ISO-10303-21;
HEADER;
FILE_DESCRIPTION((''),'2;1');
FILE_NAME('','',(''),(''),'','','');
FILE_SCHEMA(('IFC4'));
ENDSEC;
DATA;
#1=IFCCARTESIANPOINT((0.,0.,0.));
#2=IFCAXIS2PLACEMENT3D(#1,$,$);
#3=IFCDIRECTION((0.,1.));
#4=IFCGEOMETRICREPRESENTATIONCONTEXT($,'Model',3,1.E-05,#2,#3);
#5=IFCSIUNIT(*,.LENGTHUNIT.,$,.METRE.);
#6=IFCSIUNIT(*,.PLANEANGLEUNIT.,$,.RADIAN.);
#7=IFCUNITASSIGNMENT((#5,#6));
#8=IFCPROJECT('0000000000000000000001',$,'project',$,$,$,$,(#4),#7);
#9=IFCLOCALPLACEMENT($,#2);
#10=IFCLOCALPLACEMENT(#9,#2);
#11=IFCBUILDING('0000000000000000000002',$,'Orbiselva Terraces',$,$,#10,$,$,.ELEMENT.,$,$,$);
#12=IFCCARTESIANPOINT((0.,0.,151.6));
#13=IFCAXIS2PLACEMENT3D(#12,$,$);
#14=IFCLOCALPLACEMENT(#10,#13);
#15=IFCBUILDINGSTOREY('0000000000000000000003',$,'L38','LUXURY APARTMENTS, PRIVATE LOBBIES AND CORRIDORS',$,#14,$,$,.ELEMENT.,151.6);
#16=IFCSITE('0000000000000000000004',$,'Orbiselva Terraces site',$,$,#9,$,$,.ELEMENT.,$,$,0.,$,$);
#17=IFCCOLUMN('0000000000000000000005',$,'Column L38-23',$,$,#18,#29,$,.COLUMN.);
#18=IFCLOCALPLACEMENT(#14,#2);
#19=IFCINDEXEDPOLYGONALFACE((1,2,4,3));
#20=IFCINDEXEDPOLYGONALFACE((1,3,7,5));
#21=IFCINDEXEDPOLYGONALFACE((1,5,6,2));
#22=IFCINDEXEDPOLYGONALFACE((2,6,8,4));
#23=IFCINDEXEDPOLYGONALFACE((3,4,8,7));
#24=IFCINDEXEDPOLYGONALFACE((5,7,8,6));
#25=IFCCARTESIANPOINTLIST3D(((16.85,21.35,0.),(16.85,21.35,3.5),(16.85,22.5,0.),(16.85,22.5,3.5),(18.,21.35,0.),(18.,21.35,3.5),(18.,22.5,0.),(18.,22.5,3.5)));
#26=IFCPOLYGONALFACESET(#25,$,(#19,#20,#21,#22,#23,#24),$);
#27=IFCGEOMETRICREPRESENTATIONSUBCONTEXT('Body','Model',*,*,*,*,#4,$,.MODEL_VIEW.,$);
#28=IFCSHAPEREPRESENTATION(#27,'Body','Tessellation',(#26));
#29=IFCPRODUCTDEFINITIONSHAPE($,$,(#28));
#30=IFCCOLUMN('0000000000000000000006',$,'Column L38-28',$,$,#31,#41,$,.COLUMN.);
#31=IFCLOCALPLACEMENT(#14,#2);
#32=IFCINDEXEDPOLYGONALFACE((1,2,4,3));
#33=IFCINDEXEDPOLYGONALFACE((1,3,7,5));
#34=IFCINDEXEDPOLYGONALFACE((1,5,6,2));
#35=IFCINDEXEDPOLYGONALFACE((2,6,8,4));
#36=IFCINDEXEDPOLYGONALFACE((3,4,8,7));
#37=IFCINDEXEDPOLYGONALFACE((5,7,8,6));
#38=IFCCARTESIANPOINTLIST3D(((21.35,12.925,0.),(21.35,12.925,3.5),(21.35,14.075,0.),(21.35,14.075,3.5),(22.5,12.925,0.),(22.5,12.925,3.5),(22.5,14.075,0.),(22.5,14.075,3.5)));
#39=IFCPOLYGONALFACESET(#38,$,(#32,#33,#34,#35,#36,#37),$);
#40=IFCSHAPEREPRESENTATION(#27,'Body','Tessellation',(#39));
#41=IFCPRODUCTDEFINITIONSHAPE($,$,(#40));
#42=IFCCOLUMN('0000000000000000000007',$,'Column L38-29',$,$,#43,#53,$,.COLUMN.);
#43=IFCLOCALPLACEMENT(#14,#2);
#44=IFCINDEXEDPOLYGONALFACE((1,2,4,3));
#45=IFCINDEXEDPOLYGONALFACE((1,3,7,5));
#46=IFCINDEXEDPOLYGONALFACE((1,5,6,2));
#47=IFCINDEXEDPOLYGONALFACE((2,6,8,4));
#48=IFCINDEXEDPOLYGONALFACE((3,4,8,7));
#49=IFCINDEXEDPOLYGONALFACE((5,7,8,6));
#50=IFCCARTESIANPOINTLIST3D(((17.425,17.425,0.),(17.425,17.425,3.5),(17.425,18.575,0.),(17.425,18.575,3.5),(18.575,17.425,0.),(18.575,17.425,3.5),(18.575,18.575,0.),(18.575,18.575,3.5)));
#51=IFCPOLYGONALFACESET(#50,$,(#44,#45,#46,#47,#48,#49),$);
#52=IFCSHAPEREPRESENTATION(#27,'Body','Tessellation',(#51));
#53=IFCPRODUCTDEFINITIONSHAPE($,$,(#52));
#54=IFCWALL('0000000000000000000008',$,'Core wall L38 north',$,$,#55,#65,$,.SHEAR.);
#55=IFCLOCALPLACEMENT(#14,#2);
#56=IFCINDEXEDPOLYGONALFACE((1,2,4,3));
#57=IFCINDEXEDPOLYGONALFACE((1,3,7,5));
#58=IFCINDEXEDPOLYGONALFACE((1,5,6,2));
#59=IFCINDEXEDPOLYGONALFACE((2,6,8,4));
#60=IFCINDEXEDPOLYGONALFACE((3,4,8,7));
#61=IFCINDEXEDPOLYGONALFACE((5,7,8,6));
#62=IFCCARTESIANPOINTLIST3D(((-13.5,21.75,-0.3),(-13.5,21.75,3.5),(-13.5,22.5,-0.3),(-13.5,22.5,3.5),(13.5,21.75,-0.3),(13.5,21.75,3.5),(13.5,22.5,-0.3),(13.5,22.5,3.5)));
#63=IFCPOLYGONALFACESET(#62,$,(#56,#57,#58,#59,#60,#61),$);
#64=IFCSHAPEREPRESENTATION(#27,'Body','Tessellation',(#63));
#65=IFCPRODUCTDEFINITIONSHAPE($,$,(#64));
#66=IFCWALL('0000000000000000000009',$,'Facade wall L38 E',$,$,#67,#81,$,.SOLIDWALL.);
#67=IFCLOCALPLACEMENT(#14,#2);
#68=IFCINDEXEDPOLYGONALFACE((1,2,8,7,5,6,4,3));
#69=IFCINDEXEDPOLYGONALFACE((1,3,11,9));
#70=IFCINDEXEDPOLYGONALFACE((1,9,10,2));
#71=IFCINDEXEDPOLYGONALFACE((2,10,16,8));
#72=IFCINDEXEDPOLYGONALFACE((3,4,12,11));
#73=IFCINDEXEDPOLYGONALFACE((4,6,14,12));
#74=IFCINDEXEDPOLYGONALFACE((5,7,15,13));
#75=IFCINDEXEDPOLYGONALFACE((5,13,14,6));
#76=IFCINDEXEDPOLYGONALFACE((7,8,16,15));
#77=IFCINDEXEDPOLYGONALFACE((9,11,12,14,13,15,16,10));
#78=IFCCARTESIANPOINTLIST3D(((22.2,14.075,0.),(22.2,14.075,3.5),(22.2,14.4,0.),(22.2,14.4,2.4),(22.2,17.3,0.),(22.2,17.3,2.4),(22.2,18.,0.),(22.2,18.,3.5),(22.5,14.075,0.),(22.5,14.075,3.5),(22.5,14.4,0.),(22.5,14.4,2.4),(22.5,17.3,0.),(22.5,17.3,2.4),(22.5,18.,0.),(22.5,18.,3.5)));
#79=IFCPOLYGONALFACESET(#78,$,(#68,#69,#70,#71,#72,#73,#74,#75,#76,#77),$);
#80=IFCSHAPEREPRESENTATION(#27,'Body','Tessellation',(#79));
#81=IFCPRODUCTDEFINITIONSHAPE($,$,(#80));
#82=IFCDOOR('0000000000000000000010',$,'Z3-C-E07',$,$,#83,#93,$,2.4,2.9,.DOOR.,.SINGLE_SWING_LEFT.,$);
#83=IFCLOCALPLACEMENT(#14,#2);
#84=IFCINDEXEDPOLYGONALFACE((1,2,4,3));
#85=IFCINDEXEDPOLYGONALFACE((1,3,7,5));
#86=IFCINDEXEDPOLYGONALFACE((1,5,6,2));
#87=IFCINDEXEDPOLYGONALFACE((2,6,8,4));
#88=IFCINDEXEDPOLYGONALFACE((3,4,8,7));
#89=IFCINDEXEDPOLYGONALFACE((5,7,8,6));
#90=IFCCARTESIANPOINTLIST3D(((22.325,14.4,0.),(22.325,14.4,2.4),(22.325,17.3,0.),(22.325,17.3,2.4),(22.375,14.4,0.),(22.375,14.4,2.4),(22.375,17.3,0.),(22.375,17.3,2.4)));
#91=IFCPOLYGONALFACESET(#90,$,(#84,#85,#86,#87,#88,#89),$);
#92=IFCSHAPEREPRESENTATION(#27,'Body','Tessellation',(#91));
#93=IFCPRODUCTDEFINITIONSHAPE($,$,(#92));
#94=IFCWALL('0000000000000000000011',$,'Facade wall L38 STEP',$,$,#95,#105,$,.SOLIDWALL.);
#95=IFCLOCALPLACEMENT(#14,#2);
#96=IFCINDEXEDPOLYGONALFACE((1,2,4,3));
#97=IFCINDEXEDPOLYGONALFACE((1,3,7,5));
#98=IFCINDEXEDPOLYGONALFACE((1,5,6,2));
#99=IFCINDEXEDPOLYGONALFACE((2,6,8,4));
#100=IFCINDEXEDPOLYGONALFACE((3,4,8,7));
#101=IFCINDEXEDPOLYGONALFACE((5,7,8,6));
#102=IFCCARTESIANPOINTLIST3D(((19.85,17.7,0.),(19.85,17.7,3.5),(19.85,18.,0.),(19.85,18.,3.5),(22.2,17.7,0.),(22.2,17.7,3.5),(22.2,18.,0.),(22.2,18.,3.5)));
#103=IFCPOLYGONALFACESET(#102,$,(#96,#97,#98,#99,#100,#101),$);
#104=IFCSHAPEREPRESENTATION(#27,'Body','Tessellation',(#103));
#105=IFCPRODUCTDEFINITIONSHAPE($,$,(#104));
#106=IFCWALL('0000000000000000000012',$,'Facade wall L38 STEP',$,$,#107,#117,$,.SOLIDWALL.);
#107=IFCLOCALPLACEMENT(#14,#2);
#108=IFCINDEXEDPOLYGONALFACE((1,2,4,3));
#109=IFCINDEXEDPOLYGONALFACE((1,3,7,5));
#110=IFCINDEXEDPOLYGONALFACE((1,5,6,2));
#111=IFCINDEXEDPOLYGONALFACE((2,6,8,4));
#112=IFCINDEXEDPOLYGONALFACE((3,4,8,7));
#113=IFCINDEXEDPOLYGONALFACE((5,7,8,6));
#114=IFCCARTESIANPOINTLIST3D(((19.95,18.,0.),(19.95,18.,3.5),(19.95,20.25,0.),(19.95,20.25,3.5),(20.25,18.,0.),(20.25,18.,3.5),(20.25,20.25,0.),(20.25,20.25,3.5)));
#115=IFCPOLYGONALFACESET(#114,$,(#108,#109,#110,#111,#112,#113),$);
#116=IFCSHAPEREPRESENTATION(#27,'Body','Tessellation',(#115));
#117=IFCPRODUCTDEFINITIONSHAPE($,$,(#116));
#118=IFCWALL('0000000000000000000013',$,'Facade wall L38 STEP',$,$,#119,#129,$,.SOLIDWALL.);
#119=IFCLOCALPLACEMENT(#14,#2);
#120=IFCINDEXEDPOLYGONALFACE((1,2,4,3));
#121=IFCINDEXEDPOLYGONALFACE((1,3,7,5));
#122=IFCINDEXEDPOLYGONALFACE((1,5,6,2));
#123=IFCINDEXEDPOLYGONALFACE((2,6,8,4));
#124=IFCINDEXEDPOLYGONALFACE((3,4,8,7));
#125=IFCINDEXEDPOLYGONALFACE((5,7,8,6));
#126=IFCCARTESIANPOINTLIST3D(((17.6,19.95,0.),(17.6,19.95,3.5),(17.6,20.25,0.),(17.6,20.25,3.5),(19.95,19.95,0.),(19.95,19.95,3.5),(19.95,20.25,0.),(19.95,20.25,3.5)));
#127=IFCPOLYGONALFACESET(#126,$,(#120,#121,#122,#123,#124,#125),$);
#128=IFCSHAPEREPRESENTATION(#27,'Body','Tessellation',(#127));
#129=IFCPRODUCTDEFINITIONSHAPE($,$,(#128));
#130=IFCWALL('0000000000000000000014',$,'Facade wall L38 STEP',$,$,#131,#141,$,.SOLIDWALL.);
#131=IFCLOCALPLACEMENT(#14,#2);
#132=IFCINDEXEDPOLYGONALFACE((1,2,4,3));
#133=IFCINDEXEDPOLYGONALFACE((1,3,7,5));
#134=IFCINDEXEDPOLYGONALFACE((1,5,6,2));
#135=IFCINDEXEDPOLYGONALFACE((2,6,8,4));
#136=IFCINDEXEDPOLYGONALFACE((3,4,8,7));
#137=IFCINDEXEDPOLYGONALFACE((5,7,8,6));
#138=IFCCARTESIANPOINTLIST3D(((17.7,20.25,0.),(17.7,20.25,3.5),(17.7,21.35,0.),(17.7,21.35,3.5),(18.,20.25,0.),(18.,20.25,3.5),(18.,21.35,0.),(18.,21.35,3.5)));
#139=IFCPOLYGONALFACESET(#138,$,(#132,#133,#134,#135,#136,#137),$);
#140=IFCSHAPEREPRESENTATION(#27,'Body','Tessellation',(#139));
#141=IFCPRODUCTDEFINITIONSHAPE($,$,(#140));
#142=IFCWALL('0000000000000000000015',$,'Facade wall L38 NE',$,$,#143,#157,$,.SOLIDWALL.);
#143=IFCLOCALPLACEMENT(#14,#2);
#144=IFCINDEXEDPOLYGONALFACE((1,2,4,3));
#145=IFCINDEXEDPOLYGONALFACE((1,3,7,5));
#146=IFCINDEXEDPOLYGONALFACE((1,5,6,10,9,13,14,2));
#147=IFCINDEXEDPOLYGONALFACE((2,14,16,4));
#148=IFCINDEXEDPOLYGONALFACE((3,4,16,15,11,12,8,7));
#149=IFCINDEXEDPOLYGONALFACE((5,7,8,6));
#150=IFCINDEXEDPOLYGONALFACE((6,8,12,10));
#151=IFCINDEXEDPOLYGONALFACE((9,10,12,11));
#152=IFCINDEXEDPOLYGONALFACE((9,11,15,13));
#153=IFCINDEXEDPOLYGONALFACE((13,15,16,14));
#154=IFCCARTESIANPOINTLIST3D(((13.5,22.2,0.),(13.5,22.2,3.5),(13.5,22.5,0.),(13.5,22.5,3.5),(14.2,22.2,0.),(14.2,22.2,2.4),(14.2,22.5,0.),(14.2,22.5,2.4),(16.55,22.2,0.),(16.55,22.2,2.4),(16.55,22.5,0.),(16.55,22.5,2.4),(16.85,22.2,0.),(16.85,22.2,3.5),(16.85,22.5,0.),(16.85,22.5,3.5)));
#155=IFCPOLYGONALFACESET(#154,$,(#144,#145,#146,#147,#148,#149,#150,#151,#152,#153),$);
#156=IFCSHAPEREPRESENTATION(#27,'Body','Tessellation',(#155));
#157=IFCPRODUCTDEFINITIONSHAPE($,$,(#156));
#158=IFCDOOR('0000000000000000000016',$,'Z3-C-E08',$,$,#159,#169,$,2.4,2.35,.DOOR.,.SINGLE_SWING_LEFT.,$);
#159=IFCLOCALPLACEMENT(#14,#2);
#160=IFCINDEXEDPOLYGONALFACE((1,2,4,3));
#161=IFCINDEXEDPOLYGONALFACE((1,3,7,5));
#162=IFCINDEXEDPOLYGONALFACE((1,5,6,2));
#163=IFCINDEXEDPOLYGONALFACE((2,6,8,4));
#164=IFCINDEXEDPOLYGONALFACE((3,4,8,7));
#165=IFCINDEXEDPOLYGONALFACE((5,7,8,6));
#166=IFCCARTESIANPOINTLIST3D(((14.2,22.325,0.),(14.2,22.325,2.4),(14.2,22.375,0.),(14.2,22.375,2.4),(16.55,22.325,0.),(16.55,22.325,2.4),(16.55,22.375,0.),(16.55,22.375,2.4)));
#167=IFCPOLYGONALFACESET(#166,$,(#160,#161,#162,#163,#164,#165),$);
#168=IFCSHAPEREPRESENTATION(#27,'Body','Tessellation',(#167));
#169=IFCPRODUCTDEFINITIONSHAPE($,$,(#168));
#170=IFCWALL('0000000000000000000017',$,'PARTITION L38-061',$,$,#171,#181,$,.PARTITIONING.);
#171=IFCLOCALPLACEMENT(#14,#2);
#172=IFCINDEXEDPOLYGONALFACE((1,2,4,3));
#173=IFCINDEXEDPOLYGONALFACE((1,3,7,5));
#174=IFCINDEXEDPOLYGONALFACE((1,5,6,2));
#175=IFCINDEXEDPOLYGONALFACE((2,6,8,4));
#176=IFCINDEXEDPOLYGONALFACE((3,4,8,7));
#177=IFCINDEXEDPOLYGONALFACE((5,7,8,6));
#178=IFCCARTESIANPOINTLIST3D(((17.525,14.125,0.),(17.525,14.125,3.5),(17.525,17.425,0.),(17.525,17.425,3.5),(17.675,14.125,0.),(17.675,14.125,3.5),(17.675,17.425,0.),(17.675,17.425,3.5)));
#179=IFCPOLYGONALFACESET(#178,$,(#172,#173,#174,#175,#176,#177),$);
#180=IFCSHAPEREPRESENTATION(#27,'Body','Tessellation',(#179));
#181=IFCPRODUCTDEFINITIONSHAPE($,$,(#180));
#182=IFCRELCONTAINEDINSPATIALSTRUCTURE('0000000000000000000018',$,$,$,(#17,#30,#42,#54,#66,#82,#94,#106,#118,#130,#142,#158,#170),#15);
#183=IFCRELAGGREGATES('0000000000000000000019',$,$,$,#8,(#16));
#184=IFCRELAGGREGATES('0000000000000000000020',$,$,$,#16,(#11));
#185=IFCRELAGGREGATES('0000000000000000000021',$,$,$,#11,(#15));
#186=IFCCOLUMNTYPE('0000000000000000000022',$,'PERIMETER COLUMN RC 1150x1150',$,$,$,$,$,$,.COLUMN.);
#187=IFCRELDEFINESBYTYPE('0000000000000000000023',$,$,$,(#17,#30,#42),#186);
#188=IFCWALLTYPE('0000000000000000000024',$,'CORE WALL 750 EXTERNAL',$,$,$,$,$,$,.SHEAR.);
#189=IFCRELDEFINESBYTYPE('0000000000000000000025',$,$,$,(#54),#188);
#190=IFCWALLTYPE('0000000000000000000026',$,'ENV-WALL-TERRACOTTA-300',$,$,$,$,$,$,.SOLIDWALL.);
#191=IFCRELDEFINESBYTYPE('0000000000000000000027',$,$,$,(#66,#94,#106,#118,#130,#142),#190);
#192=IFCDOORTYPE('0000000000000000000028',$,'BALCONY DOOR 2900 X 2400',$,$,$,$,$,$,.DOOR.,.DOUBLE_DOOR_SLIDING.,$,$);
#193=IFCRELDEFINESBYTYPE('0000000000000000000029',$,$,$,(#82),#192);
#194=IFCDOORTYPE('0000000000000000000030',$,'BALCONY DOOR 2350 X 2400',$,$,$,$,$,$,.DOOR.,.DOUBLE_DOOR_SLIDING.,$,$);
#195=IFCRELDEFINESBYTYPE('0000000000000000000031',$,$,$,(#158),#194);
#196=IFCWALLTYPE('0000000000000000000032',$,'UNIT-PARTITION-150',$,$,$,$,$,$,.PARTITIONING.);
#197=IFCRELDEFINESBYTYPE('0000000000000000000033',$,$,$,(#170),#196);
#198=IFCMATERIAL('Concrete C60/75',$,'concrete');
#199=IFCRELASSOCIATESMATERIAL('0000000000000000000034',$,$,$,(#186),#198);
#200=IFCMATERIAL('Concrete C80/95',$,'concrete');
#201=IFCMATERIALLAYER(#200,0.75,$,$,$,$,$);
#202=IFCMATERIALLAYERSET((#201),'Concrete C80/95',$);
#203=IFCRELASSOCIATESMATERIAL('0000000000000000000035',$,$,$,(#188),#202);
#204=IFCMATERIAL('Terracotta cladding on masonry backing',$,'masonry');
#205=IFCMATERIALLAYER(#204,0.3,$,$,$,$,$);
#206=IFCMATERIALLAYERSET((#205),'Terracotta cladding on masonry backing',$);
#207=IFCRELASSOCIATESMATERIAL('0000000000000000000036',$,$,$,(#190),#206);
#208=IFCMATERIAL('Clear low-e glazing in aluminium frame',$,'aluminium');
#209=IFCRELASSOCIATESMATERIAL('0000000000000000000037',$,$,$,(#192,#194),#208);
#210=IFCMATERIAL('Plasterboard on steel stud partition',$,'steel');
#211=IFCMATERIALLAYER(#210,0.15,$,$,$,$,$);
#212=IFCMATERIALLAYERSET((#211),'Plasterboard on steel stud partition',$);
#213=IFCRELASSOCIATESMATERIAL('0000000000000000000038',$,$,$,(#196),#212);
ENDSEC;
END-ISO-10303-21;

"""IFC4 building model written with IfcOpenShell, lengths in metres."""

from ifc_helpers import new_model, si_unit, direction, frame, frame_2d, origin, origin_2d, place, context, subcontext, project, spatial, rectangle, extrude, material, layer, layer_set, material_profile, profile_set, type_object, element, fill, save


model = new_model("IFC4")

# Units and contexts
model_context = context("Model", 3, precision=1e-05, world=origin(), true_north=direction((0.0, 1.0)))
body_context = subcontext(model_context, "Body", "Model", "MODEL_VIEW")
ifc_project = project(units=[si_unit("LENGTHUNIT", "METRE"), si_unit("PLANEANGLEUNIT", "RADIAN")], contexts=[model_context])

# Site, building, storey
site_placement = place(None, origin())
site = spatial("IfcSite", under=ifc_project, at=site_placement, Name="Orbiselva Terraces site", CompositionType="ELEMENT", RefElevation=0.0)
building_placement = place(site_placement, origin())
building = spatial("IfcBuilding", under=site, at=building_placement, Name="Orbiselva Terraces", CompositionType="ELEMENT")
storey_placement = place(building_placement, frame((0.0, 0.0, 151.6)))
storey = spatial("IfcBuildingStorey", under=building, at=storey_placement, Name="L38", Description="LUXURY APARTMENTS, PRIVATE LOBBIES AND CORRIDORS", CompositionType="ELEMENT", Elevation=151.6)

# Columns
ifc_material_1 = material(Name="Concrete C60/75", Category="concrete")
ifc_material_profile = material_profile(ifc_material_1, rectangle(XDim=1.15, YDim=1.15, at=origin_2d()), Name="RC 1150x1150")
ifc_profile_set = profile_set([ifc_material_profile], Name="Concrete C60/75")
column_type = type_object("IfcColumnType", Name="PERIMETER COLUMN RC 1150x1150", PredefinedType="COLUMN", material=ifc_profile_set)
for number, where, z_axis, x_axis, name in (
    (1, (17.425, 21.925, 0.0), (0.0, 0.0, 1.0), (1.0, 0.0, 0.0), "Column L38-23"),
    (2, (21.925, 13.5, 0.0), (0.0, 0.0, 1.0), (1.0, 0.0, 0.0), "Column L38-28"),
    (3, (18.0, 18.0, 0.0), (0.0, 0.0, 1.0), (1.0, 0.0, 0.0), "Column L38-29"),
):
    element("IfcColumn", number, at=place(storey_placement, frame(where, z_axis=z_axis, x_axis=x_axis)), inside=storey, type_object=column_type, Name=name, PredefinedType="COLUMN", context=body_context, shape_type="SweptSolid", body=[
        extrude(rectangle(XDim=1.15, YDim=1.15, at=origin_2d()), origin(), (0.0, 0.0, 1.0), 3.5),
    ])

# Wall
ifc_material_2 = material(Name="Concrete C80/95", Category="concrete")
ifc_layer_1 = layer(ifc_material_2, 0.75)
ifc_layer_set_1 = layer_set([ifc_layer_1], Name="Concrete C80/95")
wall_type_1 = type_object("IfcWallType", Name="CORE WALL 750 EXTERNAL", PredefinedType="SHEAR", material=ifc_layer_set_1)
wall_1_placement = place(storey_placement, frame((13.5, 22.125, -0.3), z_axis=(0.0, 0.0, 1.0), x_axis=(-1.0, 0.0, 0.0)))
element("IfcWall", 4, at=wall_1_placement, inside=storey, type_object=wall_type_1, Name="Core wall L38 north", PredefinedType="SHEAR", context=body_context, shape_type="SweptSolid", body=[
    extrude(rectangle(XDim=27.0, YDim=0.75, at=frame_2d((13.5, 0.0))), origin(), (0.0, 0.0, 1.0), 3.8),
])

# Wall, opening, door
ifc_material_3 = material(Name="Terracotta cladding on masonry backing", Category="masonry")
ifc_layer_2 = layer(ifc_material_3, 0.3)
ifc_layer_set_2 = layer_set([ifc_layer_2], Name="Terracotta cladding on masonry backing")
wall_type_2 = type_object("IfcWallType", Name="ENV-WALL-TERRACOTTA-300", PredefinedType="SOLIDWALL", material=ifc_layer_set_2)
wall_2_placement = place(storey_placement, frame((22.35, 18.0, 0.0), z_axis=(0.0, 0.0, 1.0), x_axis=(0.0, -1.0, 0.0)))
wall_2 = element("IfcWall", 5, at=wall_2_placement, inside=storey, type_object=wall_type_2, Name="Facade wall L38 E", PredefinedType="SOLIDWALL", context=body_context, shape_type="SweptSolid", body=[
    extrude(rectangle(XDim=3.925, YDim=0.3, at=frame_2d((1.9625, 0.0))), origin(), (0.0, 0.0, 1.0), 3.5),
])
opening_1_placement = place(wall_2_placement, frame((0.7, 0.0, 0.0)))
opening_1 = element("IfcOpeningElement", 6, at=opening_1_placement, cuts=wall_2, PredefinedType="OPENING", context=body_context, shape_type="SweptSolid", body=[
    extrude(rectangle(XDim=2.9, YDim=2.4, at=frame_2d((1.45, 1.2))), frame((0.0, 0.16, 0.0), z_axis=(0.0, -1.0, 0.0), x_axis=(1.0, 0.0, 0.0)), (0.0, 0.0, 1.0), 0.32),
])
ifc_material_4 = material(Name="Clear low-e glazing in aluminium frame", Category="aluminium")
door_type_1 = type_object("IfcDoorType", Name="BALCONY DOOR 2900 X 2400", OperationType="DOUBLE_DOOR_SLIDING", PredefinedType="DOOR", material=ifc_material_4)
door_1_placement = place(opening_1_placement, origin())
door_1 = element("IfcDoor", 7, at=door_1_placement, inside=storey, type_object=door_type_1, Name="Z3-C-E07", OperationType="SINGLE_SWING_LEFT", OverallHeight=2.4, OverallWidth=2.9, PredefinedType="DOOR", context=body_context, shape_type="SweptSolid", body=[
    extrude(rectangle(XDim=2.9, YDim=2.4, at=frame_2d((1.45, 1.2))), frame((0.0, 0.025, 0.0), z_axis=(0.0, -1.0, 0.0), x_axis=(1.0, 0.0, 0.0)), (0.0, 0.0, 1.0), 0.05),
])
fill(opening_1, door_1)

# Walls
wall_3_placement = place(storey_placement, frame((19.85, 17.85, 0.0), z_axis=(0.0, 0.0, 1.0), x_axis=(1.0, 0.0, 0.0)))
element("IfcWall", 8, at=wall_3_placement, inside=storey, type_object=wall_type_2, Name="Facade wall L38 STEP", PredefinedType="SOLIDWALL", context=body_context, shape_type="SweptSolid", body=[
    extrude(rectangle(XDim=2.35, YDim=0.3, at=frame_2d((1.175, 0.0))), origin(), (0.0, 0.0, 1.0), 3.5),
])
wall_4_placement = place(storey_placement, frame((20.1, 20.25, 0.0), z_axis=(0.0, 0.0, 1.0), x_axis=(0.0, -1.0, 0.0)))
element("IfcWall", 9, at=wall_4_placement, inside=storey, type_object=wall_type_2, Name="Facade wall L38 STEP", PredefinedType="SOLIDWALL", context=body_context, shape_type="SweptSolid", body=[
    extrude(rectangle(XDim=2.25, YDim=0.3, at=frame_2d((1.125, 0.0))), origin(), (0.0, 0.0, 1.0), 3.5),
])
wall_5_placement = place(storey_placement, frame((17.6, 20.1, 0.0), z_axis=(0.0, 0.0, 1.0), x_axis=(1.0, 0.0, 0.0)))
element("IfcWall", 10, at=wall_5_placement, inside=storey, type_object=wall_type_2, Name="Facade wall L38 STEP", PredefinedType="SOLIDWALL", context=body_context, shape_type="SweptSolid", body=[
    extrude(rectangle(XDim=2.35, YDim=0.3, at=frame_2d((1.175, 0.0))), origin(), (0.0, 0.0, 1.0), 3.5),
])
wall_6_placement = place(storey_placement, frame((17.85, 21.35, 0.0), z_axis=(0.0, 0.0, 1.0), x_axis=(0.0, -1.0, 0.0)))
element("IfcWall", 11, at=wall_6_placement, inside=storey, type_object=wall_type_2, Name="Facade wall L38 STEP", PredefinedType="SOLIDWALL", context=body_context, shape_type="SweptSolid", body=[
    extrude(rectangle(XDim=1.1, YDim=0.3, at=frame_2d((0.55, 0.0))), origin(), (0.0, 0.0, 1.0), 3.5),
])

# Wall, opening, door
wall_7_placement = place(storey_placement, frame((13.5, 22.35, 0.0), z_axis=(0.0, 0.0, 1.0), x_axis=(1.0, 0.0, 0.0)))
wall_7 = element("IfcWall", 12, at=wall_7_placement, inside=storey, type_object=wall_type_2, Name="Facade wall L38 NE", PredefinedType="SOLIDWALL", context=body_context, shape_type="SweptSolid", body=[
    extrude(rectangle(XDim=3.35, YDim=0.3, at=frame_2d((1.675, 0.0))), origin(), (0.0, 0.0, 1.0), 3.5),
])
opening_2_placement = place(wall_7_placement, frame((0.7, 0.0, 0.0)))
opening_2 = element("IfcOpeningElement", 13, at=opening_2_placement, cuts=wall_7, PredefinedType="OPENING", context=body_context, shape_type="SweptSolid", body=[
    extrude(rectangle(XDim=2.35, YDim=2.4, at=frame_2d((1.175, 1.2))), frame((0.0, 0.16, 0.0), z_axis=(0.0, -1.0, 0.0), x_axis=(1.0, 0.0, 0.0)), (0.0, 0.0, 1.0), 0.32),
])
door_type_2 = type_object("IfcDoorType", Name="BALCONY DOOR 2350 X 2400", OperationType="DOUBLE_DOOR_SLIDING", PredefinedType="DOOR", material=ifc_material_4)
door_2_placement = place(opening_2_placement, origin())
door_2 = element("IfcDoor", 14, at=door_2_placement, inside=storey, type_object=door_type_2, Name="Z3-C-E08", OperationType="SINGLE_SWING_LEFT", OverallHeight=2.4, OverallWidth=2.35, PredefinedType="DOOR", context=body_context, shape_type="SweptSolid", body=[
    extrude(rectangle(XDim=2.35, YDim=2.4, at=frame_2d((1.175, 1.2))), frame((0.0, 0.025, 0.0), z_axis=(0.0, -1.0, 0.0), x_axis=(1.0, 0.0, 0.0)), (0.0, 0.0, 1.0), 0.05),
])
fill(opening_2, door_2)

# Wall
ifc_material_5 = material(Name="Plasterboard on steel stud partition", Category="steel")
ifc_layer_3 = layer(ifc_material_5, 0.15)
ifc_layer_set_3 = layer_set([ifc_layer_3], Name="Plasterboard on steel stud partition")
wall_type_3 = type_object("IfcWallType", Name="UNIT-PARTITION-150", PredefinedType="PARTITIONING", material=ifc_layer_set_3)
wall_8_placement = place(storey_placement, frame((17.6, 14.125, 0.0), z_axis=(0.0, 0.0, 1.0), x_axis=(0.0, 1.0, 0.0)))
element("IfcWall", 15, at=wall_8_placement, inside=storey, type_object=wall_type_3, Name="PARTITION L38-061", PredefinedType="PARTITIONING", context=body_context, shape_type="SweptSolid", body=[
    extrude(rectangle(XDim=3.3, YDim=0.15, at=frame_2d((1.65, 0.0))), origin(), (0.0, 0.0, 1.0), 3.5),
])

save(model, "model.ifc")
